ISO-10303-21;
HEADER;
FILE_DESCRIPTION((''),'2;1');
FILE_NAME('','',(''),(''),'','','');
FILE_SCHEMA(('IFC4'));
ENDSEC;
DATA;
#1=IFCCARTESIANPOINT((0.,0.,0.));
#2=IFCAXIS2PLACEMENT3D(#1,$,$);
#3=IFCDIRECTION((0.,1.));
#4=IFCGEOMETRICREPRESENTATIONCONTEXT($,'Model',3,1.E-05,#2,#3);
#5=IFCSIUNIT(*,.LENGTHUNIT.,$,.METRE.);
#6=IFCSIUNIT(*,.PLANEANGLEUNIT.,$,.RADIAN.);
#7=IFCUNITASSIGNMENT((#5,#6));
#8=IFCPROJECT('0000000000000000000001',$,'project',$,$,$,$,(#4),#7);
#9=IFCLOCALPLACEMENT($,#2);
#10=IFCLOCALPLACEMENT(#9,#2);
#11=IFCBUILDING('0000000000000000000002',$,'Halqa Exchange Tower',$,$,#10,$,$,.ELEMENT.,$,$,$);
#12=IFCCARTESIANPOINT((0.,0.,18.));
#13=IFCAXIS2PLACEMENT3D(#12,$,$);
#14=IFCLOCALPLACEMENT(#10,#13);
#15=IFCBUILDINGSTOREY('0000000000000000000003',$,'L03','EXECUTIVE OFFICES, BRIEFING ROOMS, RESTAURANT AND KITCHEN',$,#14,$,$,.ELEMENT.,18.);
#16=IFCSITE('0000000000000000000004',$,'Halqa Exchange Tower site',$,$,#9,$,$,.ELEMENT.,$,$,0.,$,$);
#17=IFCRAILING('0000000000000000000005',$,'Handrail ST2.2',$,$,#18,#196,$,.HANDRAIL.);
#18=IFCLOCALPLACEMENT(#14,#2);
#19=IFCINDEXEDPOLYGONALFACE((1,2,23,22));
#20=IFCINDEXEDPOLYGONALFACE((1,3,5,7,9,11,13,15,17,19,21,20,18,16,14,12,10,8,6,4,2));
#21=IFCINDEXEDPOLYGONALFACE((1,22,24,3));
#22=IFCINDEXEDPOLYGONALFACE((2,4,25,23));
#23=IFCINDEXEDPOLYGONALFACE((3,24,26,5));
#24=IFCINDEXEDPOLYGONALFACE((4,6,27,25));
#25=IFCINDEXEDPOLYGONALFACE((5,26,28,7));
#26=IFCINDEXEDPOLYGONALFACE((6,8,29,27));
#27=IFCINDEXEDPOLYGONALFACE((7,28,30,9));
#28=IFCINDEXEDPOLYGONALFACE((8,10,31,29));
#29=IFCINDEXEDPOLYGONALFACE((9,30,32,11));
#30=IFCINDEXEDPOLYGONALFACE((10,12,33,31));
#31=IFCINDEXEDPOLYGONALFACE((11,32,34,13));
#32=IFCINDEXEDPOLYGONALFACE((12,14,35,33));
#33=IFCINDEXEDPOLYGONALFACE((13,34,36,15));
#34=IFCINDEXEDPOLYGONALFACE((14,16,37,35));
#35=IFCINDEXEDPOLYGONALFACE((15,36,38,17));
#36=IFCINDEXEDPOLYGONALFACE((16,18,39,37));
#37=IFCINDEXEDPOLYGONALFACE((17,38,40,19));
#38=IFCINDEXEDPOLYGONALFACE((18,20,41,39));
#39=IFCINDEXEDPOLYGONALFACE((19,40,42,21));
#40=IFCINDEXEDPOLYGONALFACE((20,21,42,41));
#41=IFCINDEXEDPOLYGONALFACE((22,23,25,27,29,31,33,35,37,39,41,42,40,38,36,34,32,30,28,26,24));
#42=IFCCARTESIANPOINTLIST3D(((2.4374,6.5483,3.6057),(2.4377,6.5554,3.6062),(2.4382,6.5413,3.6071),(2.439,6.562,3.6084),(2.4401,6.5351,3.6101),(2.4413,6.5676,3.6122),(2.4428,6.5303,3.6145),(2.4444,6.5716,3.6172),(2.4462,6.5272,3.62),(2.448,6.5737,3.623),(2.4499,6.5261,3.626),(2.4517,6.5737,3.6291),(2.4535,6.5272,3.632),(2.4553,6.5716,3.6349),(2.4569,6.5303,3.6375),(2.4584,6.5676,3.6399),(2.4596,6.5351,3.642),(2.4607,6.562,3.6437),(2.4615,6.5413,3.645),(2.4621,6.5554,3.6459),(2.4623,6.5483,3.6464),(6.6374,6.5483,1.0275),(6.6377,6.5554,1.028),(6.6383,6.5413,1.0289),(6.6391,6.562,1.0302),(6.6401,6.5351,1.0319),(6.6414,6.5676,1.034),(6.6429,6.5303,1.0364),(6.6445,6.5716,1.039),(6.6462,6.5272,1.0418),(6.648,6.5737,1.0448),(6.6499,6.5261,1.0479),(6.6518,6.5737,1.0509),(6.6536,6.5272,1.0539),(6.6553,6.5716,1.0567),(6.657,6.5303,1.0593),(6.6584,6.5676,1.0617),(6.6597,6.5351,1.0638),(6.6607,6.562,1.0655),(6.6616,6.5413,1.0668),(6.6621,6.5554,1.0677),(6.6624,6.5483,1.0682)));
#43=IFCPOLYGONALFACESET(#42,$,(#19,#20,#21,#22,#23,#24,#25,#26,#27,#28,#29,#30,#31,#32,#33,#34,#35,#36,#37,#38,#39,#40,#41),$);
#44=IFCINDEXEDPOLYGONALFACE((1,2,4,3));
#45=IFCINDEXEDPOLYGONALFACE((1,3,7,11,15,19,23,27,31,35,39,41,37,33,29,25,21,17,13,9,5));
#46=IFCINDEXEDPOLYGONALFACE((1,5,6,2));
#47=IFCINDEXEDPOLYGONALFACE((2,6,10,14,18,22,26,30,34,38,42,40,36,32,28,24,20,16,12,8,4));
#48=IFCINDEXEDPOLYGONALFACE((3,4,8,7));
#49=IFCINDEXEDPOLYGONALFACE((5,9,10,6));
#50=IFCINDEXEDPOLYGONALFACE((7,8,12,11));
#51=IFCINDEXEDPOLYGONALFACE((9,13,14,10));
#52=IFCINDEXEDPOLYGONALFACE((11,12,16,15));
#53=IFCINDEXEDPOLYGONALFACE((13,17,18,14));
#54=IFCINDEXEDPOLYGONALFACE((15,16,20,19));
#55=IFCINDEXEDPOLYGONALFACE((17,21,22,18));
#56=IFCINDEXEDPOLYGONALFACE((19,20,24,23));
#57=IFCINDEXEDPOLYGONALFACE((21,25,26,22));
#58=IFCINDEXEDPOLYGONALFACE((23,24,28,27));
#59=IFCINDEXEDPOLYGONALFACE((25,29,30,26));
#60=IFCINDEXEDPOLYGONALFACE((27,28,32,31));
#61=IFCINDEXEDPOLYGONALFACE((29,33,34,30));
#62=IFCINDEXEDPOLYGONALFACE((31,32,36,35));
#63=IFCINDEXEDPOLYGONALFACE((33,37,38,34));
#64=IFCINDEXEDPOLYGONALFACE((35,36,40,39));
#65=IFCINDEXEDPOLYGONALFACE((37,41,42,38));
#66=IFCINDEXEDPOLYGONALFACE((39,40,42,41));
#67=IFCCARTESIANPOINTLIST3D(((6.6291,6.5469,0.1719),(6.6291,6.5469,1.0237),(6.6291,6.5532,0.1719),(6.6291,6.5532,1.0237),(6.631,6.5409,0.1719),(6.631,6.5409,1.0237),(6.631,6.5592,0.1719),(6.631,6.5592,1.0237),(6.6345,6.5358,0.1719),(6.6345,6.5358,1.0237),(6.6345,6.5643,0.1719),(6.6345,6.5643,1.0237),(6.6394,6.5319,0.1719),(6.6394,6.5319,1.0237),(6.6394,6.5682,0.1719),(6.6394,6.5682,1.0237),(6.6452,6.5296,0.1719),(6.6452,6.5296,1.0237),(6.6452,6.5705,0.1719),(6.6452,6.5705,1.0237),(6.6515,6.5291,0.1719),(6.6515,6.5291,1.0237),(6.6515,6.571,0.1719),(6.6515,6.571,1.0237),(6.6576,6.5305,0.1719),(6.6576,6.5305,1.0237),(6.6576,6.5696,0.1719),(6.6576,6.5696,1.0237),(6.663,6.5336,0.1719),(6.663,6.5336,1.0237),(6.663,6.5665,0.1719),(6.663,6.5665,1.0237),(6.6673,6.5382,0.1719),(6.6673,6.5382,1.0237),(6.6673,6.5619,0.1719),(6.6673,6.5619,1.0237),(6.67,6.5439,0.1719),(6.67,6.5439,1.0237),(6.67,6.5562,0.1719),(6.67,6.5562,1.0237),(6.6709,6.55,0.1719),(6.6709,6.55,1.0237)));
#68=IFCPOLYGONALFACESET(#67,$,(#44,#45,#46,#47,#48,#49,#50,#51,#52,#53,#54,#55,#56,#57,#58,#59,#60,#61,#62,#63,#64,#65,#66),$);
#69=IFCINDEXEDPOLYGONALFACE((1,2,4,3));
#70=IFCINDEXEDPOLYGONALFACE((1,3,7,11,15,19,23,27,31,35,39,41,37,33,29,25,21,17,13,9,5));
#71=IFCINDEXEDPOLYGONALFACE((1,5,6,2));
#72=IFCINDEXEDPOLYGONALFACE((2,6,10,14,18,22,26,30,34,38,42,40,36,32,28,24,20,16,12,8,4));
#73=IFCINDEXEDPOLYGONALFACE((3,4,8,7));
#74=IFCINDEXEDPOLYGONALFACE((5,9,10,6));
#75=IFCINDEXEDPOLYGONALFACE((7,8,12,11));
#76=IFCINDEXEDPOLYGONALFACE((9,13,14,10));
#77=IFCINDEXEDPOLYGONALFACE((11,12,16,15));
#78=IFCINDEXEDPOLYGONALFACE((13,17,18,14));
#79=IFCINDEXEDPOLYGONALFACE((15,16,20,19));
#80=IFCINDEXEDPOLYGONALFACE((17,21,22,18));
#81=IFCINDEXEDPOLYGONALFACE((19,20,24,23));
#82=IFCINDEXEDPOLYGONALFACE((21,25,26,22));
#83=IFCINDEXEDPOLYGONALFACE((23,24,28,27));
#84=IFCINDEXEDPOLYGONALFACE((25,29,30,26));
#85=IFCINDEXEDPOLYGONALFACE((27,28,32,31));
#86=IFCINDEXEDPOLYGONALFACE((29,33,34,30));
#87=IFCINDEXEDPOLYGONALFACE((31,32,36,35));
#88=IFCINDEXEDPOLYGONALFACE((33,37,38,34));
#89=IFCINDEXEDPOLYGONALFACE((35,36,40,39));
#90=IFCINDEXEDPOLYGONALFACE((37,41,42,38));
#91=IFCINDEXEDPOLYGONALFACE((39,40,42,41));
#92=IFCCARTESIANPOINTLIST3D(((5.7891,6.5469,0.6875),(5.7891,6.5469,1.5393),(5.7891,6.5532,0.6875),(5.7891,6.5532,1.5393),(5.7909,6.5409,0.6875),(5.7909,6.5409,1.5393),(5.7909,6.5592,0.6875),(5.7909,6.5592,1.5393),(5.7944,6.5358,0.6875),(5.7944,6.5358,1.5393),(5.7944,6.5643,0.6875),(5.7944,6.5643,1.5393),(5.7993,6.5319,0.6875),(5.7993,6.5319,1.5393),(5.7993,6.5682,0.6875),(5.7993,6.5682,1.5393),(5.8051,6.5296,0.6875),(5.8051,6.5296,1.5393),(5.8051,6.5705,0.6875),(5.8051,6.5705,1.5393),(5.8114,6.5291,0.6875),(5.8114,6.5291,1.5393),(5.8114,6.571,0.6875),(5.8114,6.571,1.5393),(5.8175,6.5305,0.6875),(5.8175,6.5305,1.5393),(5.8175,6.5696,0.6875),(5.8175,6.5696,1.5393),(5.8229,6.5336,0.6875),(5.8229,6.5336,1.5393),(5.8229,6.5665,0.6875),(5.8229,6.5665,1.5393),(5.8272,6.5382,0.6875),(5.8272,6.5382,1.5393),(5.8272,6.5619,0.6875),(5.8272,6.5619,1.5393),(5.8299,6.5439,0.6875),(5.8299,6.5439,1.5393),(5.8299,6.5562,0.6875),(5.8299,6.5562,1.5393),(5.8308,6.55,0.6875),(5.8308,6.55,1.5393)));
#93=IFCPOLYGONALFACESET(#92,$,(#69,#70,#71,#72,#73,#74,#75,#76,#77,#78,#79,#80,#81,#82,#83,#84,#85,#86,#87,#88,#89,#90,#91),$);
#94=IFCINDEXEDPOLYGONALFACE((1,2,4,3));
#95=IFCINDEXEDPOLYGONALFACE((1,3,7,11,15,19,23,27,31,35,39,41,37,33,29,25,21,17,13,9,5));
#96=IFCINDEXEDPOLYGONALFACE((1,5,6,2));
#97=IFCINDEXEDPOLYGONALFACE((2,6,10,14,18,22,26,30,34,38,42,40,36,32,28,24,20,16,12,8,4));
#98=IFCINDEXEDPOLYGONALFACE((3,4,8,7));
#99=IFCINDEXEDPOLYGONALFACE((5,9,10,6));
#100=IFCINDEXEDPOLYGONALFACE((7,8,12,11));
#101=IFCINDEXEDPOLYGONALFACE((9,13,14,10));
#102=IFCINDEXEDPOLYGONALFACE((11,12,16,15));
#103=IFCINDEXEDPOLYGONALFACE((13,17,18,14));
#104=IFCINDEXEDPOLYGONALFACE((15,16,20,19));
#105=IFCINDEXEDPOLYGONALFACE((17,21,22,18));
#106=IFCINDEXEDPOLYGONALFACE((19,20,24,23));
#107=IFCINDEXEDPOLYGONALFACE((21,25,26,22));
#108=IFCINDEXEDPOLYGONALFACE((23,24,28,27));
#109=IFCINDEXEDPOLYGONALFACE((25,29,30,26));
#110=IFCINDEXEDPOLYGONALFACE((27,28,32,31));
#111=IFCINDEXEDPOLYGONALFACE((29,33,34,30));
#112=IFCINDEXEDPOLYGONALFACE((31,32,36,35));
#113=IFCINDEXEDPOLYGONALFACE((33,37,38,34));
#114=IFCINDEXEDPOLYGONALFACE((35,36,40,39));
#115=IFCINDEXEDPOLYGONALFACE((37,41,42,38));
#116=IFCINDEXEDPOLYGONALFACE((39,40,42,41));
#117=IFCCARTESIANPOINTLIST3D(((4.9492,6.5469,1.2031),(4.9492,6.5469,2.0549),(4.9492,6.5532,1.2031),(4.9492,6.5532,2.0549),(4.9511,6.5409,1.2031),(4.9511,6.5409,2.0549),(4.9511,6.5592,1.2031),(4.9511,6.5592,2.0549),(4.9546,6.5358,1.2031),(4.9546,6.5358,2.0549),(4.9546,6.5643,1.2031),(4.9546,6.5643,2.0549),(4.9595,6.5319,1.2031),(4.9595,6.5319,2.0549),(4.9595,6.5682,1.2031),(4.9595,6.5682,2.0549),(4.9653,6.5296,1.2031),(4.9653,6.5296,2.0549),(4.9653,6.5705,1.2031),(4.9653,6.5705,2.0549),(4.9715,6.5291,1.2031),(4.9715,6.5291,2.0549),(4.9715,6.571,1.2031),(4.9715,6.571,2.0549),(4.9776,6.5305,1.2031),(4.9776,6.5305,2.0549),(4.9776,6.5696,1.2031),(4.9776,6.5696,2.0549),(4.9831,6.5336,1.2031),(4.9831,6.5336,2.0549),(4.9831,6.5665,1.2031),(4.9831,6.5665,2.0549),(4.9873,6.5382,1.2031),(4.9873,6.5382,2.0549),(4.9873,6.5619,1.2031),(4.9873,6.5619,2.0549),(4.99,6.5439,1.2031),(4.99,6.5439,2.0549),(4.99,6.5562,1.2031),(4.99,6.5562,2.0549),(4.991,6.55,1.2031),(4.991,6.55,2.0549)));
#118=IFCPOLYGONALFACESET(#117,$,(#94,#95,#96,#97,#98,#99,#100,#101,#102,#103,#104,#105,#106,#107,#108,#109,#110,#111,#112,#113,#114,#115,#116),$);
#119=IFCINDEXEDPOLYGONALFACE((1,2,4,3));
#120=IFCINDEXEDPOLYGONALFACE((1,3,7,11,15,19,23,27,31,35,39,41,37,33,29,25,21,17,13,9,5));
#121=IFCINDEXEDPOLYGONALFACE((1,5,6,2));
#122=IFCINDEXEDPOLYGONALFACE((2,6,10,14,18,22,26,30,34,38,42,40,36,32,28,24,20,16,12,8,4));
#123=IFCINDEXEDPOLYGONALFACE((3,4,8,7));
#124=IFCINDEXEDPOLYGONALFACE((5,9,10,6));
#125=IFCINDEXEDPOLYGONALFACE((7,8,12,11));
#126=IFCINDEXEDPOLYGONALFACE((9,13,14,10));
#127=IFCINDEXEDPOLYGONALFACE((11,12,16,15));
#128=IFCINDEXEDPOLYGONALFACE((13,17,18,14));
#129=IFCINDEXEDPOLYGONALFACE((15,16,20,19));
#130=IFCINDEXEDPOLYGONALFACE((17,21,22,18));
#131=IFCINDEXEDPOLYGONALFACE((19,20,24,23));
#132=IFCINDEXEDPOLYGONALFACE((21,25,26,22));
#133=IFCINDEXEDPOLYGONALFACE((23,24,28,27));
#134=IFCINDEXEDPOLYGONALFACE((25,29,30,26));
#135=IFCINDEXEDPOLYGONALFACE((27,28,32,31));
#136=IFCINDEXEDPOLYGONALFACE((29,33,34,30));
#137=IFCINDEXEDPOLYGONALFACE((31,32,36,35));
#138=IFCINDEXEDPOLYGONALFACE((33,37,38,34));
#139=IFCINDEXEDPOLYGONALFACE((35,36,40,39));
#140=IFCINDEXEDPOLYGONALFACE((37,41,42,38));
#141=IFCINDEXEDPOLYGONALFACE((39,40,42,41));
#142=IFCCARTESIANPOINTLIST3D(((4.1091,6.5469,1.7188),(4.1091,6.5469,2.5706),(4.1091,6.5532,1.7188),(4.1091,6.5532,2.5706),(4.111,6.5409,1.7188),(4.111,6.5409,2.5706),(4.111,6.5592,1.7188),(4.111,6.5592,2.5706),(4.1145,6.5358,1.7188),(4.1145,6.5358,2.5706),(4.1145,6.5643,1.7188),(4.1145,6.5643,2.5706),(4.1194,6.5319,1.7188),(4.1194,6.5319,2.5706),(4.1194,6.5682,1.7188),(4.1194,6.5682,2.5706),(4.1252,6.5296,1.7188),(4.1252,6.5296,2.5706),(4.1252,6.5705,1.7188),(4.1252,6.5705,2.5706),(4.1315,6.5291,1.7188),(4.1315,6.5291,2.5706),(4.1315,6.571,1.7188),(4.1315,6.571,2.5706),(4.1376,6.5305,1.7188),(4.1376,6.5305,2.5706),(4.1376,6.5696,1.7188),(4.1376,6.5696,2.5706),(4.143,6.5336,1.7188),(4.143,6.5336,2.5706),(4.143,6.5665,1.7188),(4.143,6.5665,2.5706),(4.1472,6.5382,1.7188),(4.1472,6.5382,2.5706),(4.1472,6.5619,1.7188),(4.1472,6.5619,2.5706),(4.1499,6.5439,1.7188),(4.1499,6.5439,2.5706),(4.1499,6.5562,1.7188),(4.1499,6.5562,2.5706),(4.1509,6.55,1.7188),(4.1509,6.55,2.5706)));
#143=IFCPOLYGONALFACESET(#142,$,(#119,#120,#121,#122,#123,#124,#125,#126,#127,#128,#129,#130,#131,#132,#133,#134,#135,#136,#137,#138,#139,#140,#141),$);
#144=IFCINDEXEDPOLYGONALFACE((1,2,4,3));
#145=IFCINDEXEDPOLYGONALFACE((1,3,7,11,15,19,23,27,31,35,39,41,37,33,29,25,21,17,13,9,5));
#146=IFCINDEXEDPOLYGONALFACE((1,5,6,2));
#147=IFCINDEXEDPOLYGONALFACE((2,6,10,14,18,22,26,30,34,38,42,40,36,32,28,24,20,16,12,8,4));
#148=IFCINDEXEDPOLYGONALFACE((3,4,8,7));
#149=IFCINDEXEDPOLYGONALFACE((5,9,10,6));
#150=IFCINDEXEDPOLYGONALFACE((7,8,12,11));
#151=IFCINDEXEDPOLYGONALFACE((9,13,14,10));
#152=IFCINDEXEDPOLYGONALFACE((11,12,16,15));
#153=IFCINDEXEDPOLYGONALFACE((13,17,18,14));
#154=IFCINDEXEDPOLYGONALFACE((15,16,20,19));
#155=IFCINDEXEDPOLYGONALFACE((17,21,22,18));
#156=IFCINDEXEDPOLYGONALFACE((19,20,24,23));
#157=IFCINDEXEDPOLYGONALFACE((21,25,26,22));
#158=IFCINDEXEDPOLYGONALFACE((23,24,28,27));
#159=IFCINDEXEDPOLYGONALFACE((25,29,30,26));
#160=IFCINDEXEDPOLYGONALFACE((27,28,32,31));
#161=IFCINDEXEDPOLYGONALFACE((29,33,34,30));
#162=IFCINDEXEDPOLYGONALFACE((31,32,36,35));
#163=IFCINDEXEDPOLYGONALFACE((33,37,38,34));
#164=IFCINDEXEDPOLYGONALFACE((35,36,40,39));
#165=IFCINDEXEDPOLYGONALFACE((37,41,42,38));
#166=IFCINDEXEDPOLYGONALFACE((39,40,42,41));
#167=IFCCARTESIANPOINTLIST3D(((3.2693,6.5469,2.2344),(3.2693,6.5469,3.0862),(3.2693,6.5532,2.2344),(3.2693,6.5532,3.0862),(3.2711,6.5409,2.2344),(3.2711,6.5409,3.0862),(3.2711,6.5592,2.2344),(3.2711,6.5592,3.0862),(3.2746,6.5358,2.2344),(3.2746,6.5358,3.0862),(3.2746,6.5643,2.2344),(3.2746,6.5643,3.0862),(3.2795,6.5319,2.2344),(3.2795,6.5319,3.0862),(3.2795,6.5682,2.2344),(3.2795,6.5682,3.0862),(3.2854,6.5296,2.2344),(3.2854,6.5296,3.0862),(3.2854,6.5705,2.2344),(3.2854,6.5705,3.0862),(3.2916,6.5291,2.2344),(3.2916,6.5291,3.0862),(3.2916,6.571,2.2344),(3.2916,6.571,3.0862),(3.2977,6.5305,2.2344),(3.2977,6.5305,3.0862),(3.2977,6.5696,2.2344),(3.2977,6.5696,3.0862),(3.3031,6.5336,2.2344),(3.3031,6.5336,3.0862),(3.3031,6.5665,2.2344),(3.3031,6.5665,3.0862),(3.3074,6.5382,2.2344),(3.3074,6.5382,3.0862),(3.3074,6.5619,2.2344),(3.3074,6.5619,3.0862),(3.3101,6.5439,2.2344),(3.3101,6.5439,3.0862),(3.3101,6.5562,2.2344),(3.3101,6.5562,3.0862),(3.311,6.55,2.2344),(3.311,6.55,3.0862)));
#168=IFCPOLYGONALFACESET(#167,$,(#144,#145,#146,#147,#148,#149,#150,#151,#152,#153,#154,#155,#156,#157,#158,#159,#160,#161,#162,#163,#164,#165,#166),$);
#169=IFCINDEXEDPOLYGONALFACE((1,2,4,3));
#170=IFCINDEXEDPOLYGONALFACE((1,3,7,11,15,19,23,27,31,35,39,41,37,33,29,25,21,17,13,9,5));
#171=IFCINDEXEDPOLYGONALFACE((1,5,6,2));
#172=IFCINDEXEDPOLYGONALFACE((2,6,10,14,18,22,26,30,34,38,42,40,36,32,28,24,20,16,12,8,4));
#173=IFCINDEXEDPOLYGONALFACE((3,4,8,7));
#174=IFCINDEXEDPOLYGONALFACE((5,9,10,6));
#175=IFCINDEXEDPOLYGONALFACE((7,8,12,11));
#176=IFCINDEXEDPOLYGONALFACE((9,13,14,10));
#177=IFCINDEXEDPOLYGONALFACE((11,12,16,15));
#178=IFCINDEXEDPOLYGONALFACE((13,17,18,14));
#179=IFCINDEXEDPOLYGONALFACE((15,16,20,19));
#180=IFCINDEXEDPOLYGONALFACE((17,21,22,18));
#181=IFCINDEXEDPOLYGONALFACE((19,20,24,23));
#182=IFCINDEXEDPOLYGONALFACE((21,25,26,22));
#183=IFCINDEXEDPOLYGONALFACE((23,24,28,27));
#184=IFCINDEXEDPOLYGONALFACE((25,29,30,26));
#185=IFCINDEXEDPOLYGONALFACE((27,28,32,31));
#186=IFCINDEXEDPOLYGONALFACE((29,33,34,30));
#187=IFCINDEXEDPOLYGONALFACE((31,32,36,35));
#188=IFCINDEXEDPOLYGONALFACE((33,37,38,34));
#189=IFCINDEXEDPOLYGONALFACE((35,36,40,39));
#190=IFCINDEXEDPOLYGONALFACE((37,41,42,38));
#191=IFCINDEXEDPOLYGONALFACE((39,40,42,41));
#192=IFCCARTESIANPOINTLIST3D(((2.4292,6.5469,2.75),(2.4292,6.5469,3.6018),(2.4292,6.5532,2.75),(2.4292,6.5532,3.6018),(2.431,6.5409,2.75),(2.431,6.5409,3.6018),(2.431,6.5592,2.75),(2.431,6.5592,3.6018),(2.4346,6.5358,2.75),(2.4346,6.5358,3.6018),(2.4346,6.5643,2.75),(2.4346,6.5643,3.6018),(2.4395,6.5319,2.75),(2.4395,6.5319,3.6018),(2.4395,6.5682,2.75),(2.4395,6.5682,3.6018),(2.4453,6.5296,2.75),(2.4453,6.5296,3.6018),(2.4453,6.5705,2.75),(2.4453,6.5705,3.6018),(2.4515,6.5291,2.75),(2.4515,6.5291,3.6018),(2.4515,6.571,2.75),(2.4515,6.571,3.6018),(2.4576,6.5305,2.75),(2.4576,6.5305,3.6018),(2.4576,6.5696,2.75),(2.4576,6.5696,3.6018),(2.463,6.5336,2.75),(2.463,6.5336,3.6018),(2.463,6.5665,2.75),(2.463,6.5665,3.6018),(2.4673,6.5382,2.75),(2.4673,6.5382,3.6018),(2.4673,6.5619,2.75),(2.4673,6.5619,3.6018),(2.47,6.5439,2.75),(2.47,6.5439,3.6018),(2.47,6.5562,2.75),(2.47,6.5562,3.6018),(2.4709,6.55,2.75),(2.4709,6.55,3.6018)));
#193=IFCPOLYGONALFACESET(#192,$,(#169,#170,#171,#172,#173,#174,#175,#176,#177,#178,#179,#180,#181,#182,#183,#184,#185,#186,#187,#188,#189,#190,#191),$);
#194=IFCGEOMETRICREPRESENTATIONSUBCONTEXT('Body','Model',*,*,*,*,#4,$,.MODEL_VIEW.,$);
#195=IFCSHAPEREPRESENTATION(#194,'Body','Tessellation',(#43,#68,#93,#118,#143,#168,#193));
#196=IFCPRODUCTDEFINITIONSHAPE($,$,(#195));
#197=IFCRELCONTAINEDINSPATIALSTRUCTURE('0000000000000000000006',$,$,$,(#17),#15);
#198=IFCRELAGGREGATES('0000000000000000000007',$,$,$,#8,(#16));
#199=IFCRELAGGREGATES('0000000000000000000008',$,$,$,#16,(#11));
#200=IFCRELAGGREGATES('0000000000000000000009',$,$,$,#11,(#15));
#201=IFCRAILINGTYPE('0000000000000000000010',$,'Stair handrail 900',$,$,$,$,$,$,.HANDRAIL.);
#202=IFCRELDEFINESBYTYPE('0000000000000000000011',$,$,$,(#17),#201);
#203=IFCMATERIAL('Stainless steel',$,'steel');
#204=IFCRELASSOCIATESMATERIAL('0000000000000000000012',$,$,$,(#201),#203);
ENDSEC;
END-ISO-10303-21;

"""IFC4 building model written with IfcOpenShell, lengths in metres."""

from ifc_helpers import new_model, si_unit, direction, frame, origin, origin_2d, place, context, subcontext, project, spatial, circle, extrude, material, type_object, element, save


model = new_model("IFC4")

# Units and contexts
model_context = context("Model", 3, precision=1e-05, world=origin(), true_north=direction((0.0, 1.0)))
body_context = subcontext(model_context, "Body", "Model", "MODEL_VIEW")
ifc_project = project(units=[si_unit("LENGTHUNIT", "METRE"), si_unit("PLANEANGLEUNIT", "RADIAN")], contexts=[model_context])

# Site, building, storey
site_placement = place(None, origin())
site = spatial("IfcSite", under=ifc_project, at=site_placement, Name="Halqa Exchange Tower site", CompositionType="ELEMENT", RefElevation=0.0)
building_placement = place(site_placement, origin())
building = spatial("IfcBuilding", under=site, at=building_placement, Name="Halqa Exchange Tower", CompositionType="ELEMENT")
storey_placement = place(building_placement, frame((0.0, 0.0, 18.0)))
storey = spatial("IfcBuildingStorey", under=building, at=storey_placement, Name="L03", Description="EXECUTIVE OFFICES, BRIEFING ROOMS, RESTAURANT AND KITCHEN", CompositionType="ELEMENT", Elevation=18.0)

# Railing
ifc_material_1 = material(Name="Stainless steel", Category="steel")
railing_type_1 = type_object("IfcRailingType", Name="Stair handrail 900", PredefinedType="HANDRAIL", material=ifc_material_1)
railing_1_placement = place(storey_placement, frame((6.6499, 6.55, 0.1719)))
element("IfcRailing", 1, at=railing_1_placement, inside=storey, type_object=railing_type_1, Name="Handrail ST2.2", PredefinedType="HANDRAIL", context=body_context, shape_type="SweptSolid", body=[
    extrude(circle(Radius=0.0239, at=origin_2d()), frame((0.0, 0.0, 0.876), z_axis=(-0.852243, 0.0, 0.523146), x_axis=(0.0, -1.0, 0.0)), (0.0, 0.0, 1.0), 4.9282),
    extrude(circle(Radius=0.021, at=origin_2d()), origin(), (0.0, 0.0, 1.0), 0.8518),
    extrude(circle(Radius=0.021, at=origin_2d()), frame((-0.8401, 0.0, 0.5156)), (0.0, 0.0, 1.0), 0.8518),
    extrude(circle(Radius=0.021, at=origin_2d()), frame((-1.6799, 0.0, 1.0312)), (0.0, 0.0, 1.0), 0.8518),
    extrude(circle(Radius=0.021, at=origin_2d()), frame((-2.52, 0.0, 1.5469)), (0.0, 0.0, 1.0), 0.8518),
    extrude(circle(Radius=0.021, at=origin_2d()), frame((-3.3599, 0.0, 2.0625)), (0.0, 0.0, 1.0), 0.8518),
    extrude(circle(Radius=0.021, at=origin_2d()), frame((-4.2, 0.0, 2.5781)), (0.0, 0.0, 1.0), 0.8518),
])

save(model, "model.ifc")
